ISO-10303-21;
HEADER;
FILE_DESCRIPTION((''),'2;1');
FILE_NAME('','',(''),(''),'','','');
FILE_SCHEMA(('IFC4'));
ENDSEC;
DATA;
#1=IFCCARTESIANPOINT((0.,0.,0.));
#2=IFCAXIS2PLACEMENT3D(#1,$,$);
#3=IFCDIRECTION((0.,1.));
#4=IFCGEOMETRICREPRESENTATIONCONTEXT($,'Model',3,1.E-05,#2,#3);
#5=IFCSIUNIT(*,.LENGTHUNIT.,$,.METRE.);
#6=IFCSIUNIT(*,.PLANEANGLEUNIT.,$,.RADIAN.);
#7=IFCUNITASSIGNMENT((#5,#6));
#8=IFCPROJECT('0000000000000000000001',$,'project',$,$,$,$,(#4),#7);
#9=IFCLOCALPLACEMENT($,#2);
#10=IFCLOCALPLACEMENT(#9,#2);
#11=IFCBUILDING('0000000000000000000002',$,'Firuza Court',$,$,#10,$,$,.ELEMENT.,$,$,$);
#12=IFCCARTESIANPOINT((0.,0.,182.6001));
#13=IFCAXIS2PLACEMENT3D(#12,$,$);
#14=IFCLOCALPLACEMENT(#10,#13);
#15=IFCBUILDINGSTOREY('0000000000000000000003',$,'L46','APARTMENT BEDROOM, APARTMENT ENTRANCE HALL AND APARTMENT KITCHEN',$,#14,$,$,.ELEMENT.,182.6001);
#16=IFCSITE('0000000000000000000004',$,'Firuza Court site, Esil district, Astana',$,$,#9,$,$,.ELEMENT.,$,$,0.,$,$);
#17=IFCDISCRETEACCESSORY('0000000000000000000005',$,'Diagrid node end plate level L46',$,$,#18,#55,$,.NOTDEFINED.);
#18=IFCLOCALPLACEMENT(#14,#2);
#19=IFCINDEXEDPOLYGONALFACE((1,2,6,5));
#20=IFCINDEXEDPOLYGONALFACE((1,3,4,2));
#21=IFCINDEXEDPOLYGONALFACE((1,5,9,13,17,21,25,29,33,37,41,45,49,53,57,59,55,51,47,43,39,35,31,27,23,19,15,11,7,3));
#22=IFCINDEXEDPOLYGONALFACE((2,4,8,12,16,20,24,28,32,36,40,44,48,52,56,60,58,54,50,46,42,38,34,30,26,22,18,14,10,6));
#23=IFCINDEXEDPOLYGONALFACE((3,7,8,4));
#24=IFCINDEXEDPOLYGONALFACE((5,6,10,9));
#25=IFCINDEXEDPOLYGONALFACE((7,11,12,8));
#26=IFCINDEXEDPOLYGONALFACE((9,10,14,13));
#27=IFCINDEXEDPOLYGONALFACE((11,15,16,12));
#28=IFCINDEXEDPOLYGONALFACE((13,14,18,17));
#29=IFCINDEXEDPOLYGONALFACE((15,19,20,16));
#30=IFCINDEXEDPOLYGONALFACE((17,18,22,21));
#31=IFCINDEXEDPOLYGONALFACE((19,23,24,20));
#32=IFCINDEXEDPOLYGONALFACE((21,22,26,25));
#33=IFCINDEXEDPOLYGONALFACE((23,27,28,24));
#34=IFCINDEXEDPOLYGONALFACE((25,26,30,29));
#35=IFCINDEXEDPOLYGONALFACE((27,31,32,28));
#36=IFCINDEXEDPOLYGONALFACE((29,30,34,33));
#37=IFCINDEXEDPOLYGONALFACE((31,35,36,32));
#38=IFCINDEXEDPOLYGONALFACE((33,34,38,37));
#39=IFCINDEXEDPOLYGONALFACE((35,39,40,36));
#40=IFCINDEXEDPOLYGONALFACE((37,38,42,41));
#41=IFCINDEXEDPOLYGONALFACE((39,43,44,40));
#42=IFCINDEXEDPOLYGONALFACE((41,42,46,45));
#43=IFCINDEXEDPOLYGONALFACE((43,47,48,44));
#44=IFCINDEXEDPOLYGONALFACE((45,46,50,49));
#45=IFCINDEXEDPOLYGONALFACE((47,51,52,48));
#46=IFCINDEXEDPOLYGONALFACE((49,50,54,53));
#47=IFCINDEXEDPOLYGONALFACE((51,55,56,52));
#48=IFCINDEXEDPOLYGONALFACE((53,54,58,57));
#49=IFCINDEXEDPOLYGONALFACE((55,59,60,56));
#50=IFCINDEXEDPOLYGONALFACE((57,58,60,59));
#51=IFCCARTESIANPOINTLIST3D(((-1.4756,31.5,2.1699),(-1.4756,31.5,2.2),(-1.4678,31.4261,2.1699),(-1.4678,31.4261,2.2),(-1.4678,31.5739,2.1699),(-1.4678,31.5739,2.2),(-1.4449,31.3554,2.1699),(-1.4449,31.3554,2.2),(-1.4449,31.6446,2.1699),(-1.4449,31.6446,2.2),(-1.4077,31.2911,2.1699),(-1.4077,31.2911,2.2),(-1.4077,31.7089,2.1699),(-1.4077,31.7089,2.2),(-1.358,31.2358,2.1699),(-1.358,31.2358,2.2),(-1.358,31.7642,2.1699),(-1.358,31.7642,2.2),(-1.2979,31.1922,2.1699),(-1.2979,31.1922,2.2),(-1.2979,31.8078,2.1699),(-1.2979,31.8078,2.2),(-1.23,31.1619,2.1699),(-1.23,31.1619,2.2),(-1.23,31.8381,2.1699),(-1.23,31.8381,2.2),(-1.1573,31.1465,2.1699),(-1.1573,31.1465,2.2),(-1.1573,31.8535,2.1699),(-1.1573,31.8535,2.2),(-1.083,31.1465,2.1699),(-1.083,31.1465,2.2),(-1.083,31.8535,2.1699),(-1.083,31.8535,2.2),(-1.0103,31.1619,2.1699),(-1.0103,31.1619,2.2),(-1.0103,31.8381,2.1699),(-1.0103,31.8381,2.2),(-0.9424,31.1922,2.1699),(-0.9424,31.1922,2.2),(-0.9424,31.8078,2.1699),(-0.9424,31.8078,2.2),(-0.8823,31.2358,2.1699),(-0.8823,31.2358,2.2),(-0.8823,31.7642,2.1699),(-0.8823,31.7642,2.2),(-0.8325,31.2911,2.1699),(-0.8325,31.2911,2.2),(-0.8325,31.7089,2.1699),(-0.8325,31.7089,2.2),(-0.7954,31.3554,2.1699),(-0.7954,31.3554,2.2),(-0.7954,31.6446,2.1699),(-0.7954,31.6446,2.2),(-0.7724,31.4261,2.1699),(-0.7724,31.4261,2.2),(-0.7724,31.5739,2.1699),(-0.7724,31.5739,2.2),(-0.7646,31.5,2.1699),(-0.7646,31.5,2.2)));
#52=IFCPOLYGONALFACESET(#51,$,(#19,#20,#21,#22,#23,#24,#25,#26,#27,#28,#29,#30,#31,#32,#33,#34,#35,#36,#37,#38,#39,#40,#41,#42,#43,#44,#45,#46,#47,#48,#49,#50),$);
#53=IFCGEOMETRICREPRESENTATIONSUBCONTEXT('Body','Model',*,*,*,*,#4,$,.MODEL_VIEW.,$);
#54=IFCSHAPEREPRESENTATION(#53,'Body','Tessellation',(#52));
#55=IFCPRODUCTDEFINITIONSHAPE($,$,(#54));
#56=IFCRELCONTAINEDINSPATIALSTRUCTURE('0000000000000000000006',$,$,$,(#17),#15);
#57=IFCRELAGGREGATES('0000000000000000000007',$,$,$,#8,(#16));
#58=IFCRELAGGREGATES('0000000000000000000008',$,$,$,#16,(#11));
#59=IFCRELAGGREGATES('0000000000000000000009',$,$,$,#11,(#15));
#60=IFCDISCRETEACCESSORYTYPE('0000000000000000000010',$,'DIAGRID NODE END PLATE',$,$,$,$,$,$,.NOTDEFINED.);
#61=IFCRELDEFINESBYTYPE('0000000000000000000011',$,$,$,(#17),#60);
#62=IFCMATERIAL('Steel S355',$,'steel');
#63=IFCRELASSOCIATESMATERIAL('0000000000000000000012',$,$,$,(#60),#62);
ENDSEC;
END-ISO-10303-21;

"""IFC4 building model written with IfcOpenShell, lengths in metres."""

from ifc_helpers import new_model, si_unit, direction, frame, origin, origin_2d, place, context, subcontext, project, spatial, circle, extrude, material, material_profile, profile_set, type_object, element, save


model = new_model("IFC4")

# Units and contexts
model_context = context("Model", 3, precision=1e-05, world=origin(), true_north=direction((0.0, 1.0)))
body_context = subcontext(model_context, "Body", "Model", "MODEL_VIEW")
ifc_project = project(units=[si_unit("LENGTHUNIT", "METRE"), si_unit("PLANEANGLEUNIT", "RADIAN")], contexts=[model_context])

# Site, building, storey
site_placement = place(None, origin())
site = spatial("IfcSite", under=ifc_project, at=site_placement, Name="Firuza Court site, Esil district, Astana", CompositionType="ELEMENT", RefElevation=0.0)
building_placement = place(site_placement, origin())
building = spatial("IfcBuilding", under=site, at=building_placement, Name="Firuza Court", CompositionType="ELEMENT")
storey_placement = place(building_placement, frame((0.0, 0.0, 182.6001)))
storey = spatial("IfcBuildingStorey", under=building, at=storey_placement, Name="L46", Description="APARTMENT BEDROOM, APARTMENT ENTRANCE HALL AND APARTMENT KITCHEN", CompositionType="ELEMENT", Elevation=182.6001)

# Discrete accessory
ifc_material_1 = material(Name="Steel S355", Category="steel")
ifc_material_profile_1 = material_profile(ifc_material_1, circle(Radius=0.3555, at=origin_2d()), Name="PL D711")
ifc_profile_set_1 = profile_set([ifc_material_profile_1], Name="Steel S355")
discrete_accessory_type = type_object("IfcDiscreteAccessoryType", Name="DIAGRID NODE END PLATE", PredefinedType="NOTDEFINED", material=ifc_profile_set_1)
for number, where, z_axis, x_axis, name in (
    (1, (-1.1201, 31.5, 2.1699), (0.0, 0.0, 1.0), (1.0, 0.0, 0.0), "Diagrid node end plate level L46"),
):
    element("IfcDiscreteAccessory", number, at=place(storey_placement, frame(where, z_axis=z_axis, x_axis=x_axis)), inside=storey, type_object=discrete_accessory_type, Name=name, PredefinedType="NOTDEFINED", context=body_context, shape_type="SweptSolid", body=[
        extrude(circle(Radius=0.3555, at=origin_2d()), origin(), (0.0, 0.0, 1.0), 0.03),
    ])

save(model, "model.ifc")
